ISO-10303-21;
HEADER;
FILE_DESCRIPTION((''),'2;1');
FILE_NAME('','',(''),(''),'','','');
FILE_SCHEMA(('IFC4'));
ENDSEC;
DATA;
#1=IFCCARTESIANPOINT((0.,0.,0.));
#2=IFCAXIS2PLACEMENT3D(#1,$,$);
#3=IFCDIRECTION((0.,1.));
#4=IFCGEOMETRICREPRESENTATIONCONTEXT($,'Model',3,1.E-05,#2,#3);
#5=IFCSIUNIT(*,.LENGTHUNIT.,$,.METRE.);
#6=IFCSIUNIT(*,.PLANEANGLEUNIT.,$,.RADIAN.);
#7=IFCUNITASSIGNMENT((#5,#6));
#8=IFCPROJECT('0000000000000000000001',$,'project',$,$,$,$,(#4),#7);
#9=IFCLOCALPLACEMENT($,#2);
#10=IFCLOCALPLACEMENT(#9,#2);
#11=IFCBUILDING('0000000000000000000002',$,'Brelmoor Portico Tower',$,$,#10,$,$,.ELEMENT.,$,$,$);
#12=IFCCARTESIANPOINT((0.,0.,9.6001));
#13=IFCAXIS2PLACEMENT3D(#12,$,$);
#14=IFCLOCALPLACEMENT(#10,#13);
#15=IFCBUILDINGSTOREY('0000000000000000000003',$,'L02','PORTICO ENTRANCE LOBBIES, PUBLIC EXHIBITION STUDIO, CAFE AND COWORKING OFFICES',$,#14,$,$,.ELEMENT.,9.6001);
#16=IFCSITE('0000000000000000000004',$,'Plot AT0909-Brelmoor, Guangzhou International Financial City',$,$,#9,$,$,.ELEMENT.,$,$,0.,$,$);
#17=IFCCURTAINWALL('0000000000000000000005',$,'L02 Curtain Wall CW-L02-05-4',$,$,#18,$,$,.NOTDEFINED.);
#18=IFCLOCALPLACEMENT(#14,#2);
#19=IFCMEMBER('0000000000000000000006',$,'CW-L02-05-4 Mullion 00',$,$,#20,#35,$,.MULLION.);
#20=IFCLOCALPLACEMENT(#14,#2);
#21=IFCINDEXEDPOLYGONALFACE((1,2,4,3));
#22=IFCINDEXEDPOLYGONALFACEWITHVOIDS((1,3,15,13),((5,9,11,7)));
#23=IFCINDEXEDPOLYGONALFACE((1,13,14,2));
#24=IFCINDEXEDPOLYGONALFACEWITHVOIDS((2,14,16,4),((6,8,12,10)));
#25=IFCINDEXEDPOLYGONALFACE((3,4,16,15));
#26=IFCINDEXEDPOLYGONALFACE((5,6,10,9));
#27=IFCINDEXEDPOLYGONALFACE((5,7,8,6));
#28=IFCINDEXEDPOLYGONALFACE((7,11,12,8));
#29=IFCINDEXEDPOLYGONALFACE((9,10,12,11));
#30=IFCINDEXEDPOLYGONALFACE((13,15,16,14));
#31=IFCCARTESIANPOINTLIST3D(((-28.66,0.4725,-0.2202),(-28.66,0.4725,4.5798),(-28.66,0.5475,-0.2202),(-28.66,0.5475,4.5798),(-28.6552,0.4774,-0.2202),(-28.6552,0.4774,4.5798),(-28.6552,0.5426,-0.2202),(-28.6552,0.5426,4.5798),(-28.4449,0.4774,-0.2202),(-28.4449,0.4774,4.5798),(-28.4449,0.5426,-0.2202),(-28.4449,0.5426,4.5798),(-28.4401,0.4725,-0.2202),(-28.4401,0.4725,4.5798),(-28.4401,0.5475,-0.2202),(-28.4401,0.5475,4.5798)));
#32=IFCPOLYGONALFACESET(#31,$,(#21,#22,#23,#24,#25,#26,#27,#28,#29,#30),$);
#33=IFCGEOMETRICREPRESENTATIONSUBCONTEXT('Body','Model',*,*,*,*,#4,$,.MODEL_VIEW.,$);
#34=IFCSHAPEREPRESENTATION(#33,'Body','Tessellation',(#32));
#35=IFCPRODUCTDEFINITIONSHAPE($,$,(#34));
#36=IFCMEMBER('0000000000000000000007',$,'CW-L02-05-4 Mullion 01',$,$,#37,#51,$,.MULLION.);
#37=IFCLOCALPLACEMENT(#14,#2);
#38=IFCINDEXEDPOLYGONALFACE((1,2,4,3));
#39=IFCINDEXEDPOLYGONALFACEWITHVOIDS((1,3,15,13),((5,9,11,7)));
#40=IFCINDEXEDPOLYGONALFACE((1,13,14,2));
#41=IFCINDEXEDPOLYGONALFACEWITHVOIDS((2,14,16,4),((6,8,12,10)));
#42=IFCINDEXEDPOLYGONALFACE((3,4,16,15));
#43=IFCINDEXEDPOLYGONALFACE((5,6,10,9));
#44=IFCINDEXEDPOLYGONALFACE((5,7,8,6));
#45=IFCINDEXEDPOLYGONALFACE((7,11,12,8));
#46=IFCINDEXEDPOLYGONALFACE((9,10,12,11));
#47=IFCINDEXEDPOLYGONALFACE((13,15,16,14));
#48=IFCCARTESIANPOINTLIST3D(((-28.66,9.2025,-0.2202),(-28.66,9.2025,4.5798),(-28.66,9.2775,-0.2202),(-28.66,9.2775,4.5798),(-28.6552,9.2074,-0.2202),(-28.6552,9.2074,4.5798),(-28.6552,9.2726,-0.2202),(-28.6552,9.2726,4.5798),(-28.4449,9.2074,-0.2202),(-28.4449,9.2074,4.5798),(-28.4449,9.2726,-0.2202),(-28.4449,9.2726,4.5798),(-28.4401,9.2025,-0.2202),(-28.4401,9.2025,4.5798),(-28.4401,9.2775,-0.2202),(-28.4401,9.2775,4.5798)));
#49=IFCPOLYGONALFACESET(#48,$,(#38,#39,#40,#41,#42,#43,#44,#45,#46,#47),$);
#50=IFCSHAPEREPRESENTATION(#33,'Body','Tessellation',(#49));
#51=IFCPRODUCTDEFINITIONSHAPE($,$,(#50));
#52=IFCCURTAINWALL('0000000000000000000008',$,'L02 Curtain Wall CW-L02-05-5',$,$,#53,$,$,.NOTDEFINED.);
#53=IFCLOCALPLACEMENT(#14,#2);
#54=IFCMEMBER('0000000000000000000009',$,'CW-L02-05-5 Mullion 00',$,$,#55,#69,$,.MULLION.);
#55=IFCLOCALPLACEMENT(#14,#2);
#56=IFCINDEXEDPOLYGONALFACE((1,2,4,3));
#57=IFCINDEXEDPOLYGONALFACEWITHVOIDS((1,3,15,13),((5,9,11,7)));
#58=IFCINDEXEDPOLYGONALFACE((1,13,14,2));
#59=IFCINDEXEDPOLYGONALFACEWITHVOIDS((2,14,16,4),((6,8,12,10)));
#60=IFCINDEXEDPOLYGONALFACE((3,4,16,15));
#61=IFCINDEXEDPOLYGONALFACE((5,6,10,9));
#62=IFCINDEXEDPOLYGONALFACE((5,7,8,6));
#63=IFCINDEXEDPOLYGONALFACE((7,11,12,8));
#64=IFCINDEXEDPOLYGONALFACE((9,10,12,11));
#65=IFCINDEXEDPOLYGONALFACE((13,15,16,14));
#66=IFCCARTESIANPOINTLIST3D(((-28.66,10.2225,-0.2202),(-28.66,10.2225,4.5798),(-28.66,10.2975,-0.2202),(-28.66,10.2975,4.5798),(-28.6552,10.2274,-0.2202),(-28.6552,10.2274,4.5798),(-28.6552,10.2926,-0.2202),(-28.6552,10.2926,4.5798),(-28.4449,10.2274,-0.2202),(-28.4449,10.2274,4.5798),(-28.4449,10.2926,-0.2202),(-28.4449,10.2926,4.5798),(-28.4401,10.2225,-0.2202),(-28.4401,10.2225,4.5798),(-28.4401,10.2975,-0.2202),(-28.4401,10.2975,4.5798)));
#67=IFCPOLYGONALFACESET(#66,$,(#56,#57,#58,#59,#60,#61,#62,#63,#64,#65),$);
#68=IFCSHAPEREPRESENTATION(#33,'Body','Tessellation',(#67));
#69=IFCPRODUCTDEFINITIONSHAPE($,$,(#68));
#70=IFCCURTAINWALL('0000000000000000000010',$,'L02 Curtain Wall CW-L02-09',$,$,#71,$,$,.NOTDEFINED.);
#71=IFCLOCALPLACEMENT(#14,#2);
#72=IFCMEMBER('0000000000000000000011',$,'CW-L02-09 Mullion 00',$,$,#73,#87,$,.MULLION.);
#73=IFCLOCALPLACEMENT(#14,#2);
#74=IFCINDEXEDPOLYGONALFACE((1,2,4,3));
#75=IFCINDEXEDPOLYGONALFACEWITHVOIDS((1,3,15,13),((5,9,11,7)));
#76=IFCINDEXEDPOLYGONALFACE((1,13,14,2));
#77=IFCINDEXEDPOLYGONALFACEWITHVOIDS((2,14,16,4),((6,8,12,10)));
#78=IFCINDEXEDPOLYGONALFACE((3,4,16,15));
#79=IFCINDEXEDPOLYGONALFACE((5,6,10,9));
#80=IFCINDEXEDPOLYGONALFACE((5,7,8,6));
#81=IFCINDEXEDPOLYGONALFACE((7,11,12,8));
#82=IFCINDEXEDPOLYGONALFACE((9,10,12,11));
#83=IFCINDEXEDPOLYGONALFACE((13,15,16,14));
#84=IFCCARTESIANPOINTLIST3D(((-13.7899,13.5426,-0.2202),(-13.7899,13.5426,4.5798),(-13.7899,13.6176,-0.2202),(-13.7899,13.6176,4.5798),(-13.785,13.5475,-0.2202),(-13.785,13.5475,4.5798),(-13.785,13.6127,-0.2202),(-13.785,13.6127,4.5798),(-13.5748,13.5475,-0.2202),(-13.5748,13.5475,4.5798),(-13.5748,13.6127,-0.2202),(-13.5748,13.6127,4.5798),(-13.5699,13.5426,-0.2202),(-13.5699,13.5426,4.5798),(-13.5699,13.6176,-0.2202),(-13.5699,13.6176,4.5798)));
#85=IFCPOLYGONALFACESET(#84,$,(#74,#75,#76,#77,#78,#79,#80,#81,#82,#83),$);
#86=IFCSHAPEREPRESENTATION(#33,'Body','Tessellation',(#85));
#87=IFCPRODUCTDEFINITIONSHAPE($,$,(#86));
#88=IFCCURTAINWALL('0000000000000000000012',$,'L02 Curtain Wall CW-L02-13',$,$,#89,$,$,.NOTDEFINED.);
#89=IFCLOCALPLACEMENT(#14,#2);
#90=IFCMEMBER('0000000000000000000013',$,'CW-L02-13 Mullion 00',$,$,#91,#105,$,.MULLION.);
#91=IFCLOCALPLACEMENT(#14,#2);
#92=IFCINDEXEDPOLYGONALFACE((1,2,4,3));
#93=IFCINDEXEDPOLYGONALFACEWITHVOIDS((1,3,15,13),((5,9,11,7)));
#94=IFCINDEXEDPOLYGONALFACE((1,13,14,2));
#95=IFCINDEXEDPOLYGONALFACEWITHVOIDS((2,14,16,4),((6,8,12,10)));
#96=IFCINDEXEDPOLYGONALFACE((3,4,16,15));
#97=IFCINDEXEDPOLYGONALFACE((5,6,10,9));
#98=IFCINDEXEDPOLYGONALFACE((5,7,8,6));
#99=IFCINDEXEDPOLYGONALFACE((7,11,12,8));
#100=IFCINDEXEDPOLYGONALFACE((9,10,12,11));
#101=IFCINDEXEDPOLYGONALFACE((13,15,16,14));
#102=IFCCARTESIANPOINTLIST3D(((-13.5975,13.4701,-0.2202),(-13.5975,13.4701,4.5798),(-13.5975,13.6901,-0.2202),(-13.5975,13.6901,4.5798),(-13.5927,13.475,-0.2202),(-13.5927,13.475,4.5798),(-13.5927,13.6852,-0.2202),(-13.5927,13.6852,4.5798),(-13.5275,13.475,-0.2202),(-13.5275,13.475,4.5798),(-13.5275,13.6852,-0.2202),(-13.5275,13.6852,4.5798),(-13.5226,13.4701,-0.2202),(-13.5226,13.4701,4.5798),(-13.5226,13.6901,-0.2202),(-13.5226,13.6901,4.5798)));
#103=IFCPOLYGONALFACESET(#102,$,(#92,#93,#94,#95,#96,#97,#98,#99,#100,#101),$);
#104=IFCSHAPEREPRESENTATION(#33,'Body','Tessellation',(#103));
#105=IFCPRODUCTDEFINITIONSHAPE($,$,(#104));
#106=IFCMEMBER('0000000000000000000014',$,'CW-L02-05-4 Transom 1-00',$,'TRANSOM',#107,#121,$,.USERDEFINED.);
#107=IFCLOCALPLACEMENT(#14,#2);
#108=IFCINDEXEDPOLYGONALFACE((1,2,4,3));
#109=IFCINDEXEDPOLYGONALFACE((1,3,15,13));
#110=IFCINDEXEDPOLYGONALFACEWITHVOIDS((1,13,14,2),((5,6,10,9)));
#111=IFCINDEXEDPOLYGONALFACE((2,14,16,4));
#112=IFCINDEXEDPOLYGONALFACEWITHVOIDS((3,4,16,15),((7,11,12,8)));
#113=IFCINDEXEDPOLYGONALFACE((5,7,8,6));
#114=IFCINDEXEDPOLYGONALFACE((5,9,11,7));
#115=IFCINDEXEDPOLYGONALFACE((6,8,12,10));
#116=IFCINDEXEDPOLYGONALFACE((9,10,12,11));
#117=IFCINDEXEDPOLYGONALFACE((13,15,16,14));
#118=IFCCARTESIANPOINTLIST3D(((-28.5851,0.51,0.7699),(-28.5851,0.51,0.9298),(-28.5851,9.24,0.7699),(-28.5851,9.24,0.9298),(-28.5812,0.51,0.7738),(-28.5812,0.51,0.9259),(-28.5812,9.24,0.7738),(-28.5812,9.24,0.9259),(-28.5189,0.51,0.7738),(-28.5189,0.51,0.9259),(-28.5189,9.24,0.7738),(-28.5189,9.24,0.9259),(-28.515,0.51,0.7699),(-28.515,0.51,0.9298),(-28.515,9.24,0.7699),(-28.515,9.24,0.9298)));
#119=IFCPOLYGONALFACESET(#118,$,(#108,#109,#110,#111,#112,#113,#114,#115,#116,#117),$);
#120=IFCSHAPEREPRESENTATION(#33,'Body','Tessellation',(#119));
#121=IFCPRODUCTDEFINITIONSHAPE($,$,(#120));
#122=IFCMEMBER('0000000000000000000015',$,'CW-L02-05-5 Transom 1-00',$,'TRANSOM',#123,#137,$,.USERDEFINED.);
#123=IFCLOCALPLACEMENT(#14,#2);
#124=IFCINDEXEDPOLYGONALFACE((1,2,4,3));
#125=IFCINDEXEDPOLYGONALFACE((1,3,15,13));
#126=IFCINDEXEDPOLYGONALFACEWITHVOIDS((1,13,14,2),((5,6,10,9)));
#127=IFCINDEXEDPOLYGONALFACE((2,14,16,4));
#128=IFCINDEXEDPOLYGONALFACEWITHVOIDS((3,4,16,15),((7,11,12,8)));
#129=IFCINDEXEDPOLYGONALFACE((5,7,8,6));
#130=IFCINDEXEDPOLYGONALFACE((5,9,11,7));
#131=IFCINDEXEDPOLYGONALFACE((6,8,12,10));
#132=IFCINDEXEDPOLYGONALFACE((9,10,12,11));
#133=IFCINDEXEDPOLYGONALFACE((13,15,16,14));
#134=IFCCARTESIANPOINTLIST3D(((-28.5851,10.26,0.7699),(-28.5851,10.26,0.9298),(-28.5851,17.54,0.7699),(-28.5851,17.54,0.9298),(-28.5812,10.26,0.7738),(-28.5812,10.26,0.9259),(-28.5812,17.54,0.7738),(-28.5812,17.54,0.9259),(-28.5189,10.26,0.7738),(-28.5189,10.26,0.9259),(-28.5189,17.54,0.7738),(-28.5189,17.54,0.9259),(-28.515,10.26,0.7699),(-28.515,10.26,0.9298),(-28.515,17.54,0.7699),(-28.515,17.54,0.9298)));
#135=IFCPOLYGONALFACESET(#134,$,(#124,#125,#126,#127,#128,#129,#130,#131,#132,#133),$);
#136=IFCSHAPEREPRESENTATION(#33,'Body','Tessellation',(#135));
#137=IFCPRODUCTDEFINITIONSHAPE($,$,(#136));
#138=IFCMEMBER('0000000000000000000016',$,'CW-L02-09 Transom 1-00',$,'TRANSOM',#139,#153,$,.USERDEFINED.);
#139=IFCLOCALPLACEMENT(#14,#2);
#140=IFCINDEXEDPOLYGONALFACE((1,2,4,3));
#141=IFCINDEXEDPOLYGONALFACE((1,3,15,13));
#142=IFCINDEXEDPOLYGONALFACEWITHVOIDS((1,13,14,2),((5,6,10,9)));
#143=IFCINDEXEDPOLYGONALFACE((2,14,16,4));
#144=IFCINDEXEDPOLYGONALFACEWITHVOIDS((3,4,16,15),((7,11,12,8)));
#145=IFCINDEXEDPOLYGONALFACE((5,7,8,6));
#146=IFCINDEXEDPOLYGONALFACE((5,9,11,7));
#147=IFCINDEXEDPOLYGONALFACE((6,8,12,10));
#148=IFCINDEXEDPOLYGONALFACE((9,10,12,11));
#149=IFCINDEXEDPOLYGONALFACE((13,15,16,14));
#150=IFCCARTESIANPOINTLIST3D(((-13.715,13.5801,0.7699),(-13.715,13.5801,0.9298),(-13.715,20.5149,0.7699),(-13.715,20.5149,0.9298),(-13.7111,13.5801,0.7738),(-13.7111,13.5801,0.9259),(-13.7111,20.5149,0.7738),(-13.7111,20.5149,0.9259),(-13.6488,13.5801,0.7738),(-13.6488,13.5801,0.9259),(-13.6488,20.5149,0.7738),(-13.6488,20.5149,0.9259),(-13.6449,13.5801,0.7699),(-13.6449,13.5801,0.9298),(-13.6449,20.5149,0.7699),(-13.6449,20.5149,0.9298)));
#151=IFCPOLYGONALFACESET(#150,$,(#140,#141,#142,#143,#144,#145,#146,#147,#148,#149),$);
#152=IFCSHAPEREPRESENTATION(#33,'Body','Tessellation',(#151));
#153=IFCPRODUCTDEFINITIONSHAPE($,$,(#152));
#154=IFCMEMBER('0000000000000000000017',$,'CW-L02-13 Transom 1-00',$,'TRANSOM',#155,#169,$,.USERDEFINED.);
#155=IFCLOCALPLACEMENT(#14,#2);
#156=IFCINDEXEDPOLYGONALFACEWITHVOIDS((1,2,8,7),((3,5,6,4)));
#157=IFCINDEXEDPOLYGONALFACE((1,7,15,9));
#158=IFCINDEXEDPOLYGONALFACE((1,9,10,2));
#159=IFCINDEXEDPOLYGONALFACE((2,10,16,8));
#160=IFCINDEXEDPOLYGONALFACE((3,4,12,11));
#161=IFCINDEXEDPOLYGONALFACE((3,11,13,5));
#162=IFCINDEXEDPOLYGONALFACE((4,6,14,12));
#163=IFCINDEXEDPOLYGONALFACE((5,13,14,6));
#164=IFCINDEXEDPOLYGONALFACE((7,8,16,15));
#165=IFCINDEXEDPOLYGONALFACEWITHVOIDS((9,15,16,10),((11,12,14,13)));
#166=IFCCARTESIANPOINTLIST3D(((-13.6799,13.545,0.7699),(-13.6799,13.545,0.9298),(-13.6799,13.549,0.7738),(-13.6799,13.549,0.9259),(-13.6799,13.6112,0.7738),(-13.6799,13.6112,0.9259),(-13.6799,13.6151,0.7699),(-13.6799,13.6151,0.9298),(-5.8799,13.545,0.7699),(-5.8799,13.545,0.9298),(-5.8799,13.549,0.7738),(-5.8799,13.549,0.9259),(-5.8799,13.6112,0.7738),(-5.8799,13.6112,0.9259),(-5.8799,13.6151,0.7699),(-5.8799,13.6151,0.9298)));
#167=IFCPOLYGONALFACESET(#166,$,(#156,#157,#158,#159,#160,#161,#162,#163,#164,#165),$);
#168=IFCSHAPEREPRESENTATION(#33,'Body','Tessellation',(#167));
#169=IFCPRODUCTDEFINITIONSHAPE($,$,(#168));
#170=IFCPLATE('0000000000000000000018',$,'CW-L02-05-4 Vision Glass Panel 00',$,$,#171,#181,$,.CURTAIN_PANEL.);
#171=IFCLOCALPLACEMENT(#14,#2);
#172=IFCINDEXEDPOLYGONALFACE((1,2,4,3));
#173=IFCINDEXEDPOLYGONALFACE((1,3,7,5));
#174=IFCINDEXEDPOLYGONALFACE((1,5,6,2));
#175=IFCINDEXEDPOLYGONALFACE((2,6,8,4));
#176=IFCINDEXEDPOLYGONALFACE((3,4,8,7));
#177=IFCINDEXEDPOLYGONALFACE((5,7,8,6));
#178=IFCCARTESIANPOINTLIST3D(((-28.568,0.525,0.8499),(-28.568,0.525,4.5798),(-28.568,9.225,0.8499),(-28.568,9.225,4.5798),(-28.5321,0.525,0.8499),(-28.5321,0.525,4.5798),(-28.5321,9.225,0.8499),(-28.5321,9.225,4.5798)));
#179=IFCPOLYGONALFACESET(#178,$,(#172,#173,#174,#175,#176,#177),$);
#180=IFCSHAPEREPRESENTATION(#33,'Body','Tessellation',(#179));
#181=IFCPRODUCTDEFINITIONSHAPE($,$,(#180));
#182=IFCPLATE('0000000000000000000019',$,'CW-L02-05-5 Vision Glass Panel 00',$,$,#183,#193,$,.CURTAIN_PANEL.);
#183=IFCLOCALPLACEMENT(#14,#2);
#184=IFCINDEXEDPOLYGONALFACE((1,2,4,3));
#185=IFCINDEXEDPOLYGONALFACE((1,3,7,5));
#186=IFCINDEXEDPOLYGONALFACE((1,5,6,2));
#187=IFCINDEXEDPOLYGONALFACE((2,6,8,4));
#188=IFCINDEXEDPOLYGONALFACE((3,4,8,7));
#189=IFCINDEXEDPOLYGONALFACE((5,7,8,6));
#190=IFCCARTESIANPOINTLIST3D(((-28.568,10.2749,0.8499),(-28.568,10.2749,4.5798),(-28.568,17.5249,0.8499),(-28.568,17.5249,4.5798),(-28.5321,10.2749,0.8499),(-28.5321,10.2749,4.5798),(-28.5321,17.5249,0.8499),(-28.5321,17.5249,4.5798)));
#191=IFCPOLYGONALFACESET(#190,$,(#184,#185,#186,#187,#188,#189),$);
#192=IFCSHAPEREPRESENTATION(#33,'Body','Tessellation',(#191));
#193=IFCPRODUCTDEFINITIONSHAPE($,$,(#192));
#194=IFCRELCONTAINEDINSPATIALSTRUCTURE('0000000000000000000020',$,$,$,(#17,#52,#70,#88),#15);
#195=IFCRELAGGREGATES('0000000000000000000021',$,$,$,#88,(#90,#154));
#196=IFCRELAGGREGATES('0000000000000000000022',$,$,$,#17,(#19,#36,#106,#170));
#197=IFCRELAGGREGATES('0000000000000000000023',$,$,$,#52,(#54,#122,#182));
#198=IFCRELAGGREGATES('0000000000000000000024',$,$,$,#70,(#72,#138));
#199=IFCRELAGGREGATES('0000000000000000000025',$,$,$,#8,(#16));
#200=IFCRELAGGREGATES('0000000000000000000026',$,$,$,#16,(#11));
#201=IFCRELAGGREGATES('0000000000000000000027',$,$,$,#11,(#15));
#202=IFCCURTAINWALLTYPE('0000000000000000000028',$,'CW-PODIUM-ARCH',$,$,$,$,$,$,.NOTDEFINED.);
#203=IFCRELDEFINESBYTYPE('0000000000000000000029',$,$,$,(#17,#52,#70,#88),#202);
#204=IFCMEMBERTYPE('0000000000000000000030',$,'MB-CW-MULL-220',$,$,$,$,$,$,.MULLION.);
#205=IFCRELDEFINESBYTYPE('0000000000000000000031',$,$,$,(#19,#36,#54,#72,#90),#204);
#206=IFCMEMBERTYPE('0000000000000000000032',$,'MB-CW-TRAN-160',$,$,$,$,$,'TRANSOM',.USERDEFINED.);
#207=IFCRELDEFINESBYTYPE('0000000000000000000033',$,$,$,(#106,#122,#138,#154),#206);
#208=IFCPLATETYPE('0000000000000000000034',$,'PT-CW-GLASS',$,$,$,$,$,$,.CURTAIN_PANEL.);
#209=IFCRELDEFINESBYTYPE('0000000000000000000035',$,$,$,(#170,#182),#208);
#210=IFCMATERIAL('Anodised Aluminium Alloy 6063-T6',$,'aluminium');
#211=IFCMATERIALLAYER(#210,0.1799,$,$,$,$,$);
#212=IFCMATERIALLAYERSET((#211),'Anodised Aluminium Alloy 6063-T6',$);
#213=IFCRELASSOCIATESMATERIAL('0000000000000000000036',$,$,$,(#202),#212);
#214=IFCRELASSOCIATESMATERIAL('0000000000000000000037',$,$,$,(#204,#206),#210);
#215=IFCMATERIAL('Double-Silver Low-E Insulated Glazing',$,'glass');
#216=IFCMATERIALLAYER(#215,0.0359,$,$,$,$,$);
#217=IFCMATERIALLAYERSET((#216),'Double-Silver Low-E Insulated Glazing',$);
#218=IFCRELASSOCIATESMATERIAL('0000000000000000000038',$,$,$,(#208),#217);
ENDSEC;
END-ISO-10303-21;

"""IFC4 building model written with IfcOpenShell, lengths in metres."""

from ifc_helpers import new_model, si_unit, direction, frame, origin, origin_2d, place, context, subcontext, project, spatial, rectangle, hollow_rectangle, extrude, material, layer, layer_set, material_profile, profile_set, type_object, element, aggregate, save


model = new_model("IFC4")

# Units and contexts
model_context = context("Model", 3, precision=1e-05, world=origin(), true_north=direction((0.0, 1.0)))
body_context = subcontext(model_context, "Body", "Model", "MODEL_VIEW")
ifc_project = project(units=[si_unit("LENGTHUNIT", "METRE"), si_unit("PLANEANGLEUNIT", "RADIAN")], contexts=[model_context])

# Site, building, storey
site_placement = place(None, origin())
site = spatial("IfcSite", under=ifc_project, at=site_placement, Name="Plot AT0909-Brelmoor, Guangzhou International Financial City", CompositionType="ELEMENT", RefElevation=0.0)
building_placement = place(site_placement, origin())
building = spatial("IfcBuilding", under=site, at=building_placement, Name="Brelmoor Portico Tower", CompositionType="ELEMENT")
storey_placement = place(building_placement, frame((0.0, 0.0, 9.6001)))
storey = spatial("IfcBuildingStorey", under=building, at=storey_placement, Name="L02", Description="PORTICO ENTRANCE LOBBIES, PUBLIC EXHIBITION STUDIO, CAFE AND COWORKING OFFICES", CompositionType="ELEMENT", Elevation=9.6001)

# Curtain wall, members
ifc_material_1 = material(Name="Anodised Aluminium Alloy 6063-T6", Category="aluminium")
ifc_layer_1 = layer(ifc_material_1, 0.1799)
ifc_layer_set_1 = layer_set([ifc_layer_1], Name="Anodised Aluminium Alloy 6063-T6")
curtain_wall_type = type_object("IfcCurtainWallType", Name="CW-PODIUM-ARCH", PredefinedType="NOTDEFINED", material=ifc_layer_set_1)
curtain_wall_1_placement = place(storey_placement, origin())
curtain_wall_1 = element("IfcCurtainWall", 1, at=curtain_wall_1_placement, inside=storey, type_object=curtain_wall_type, Name="L02 Curtain Wall CW-L02-05-4", PredefinedType="NOTDEFINED")
ifc_material_profile_1 = material_profile(ifc_material_1, hollow_rectangle(XDim=0.075, YDim=0.22, WallThickness=0.0049, at=origin_2d()), Name="ALU MULLION 75x220")
ifc_profile_set_1 = profile_set([ifc_material_profile_1], Name="Anodised Aluminium Alloy 6063-T6")
member_type_1 = type_object("IfcMemberType", Name="MB-CW-MULL-220", PredefinedType="MULLION", material=ifc_profile_set_1)
member_1_placement = place(storey_placement, frame((-28.55, 0.51, -0.2202), z_axis=(0.0, 0.0, 1.0), x_axis=(0.0, 1.0, 0.0)))
member_1 = element("IfcMember", 2, at=member_1_placement, type_object=member_type_1, Name="CW-L02-05-4 Mullion 00", PredefinedType="MULLION", context=body_context, shape_type="SweptSolid", body=[
    extrude(hollow_rectangle(XDim=0.075, YDim=0.22, WallThickness=0.0049, at=origin_2d()), origin(), (0.0, 0.0, 1.0), 4.8),
])
member_2_placement = place(storey_placement, frame((-28.55, 9.24, -0.2202), z_axis=(0.0, 0.0, 1.0), x_axis=(0.0, 1.0, 0.0)))
member_2 = element("IfcMember", 3, at=member_2_placement, type_object=member_type_1, Name="CW-L02-05-4 Mullion 01", PredefinedType="MULLION", context=body_context, shape_type="SweptSolid", body=[
    extrude(hollow_rectangle(XDim=0.075, YDim=0.22, WallThickness=0.0049, at=origin_2d()), origin(), (0.0, 0.0, 1.0), 4.8),
])

# Curtain walls, members
curtain_wall_2_placement = place(storey_placement, origin())
curtain_wall_2 = element("IfcCurtainWall", 4, at=curtain_wall_2_placement, inside=storey, type_object=curtain_wall_type, Name="L02 Curtain Wall CW-L02-05-5", PredefinedType="NOTDEFINED")
member_3_placement = place(storey_placement, frame((-28.55, 10.26, -0.2202), z_axis=(0.0, 0.0, 1.0), x_axis=(0.0, 1.0, 0.0)))
member_3 = element("IfcMember", 5, at=member_3_placement, type_object=member_type_1, Name="CW-L02-05-5 Mullion 00", PredefinedType="MULLION", context=body_context, shape_type="SweptSolid", body=[
    extrude(hollow_rectangle(XDim=0.075, YDim=0.22, WallThickness=0.0049, at=origin_2d()), origin(), (0.0, 0.0, 1.0), 4.8),
])
curtain_wall_3_placement = place(storey_placement, origin())
curtain_wall_3 = element("IfcCurtainWall", 6, at=curtain_wall_3_placement, inside=storey, type_object=curtain_wall_type, Name="L02 Curtain Wall CW-L02-09", PredefinedType="NOTDEFINED")
member_4_placement = place(storey_placement, frame((-13.6799, 13.5801, -0.2202), z_axis=(0.0, 0.0, 1.0), x_axis=(0.0, 1.0, 0.0)))
member_4 = element("IfcMember", 7, at=member_4_placement, type_object=member_type_1, Name="CW-L02-09 Mullion 00", PredefinedType="MULLION", context=body_context, shape_type="SweptSolid", body=[
    extrude(hollow_rectangle(XDim=0.075, YDim=0.22, WallThickness=0.0049, at=origin_2d()), origin(), (0.0, 0.0, 1.0), 4.8),
])
curtain_wall_4_placement = place(storey_placement, origin())
curtain_wall_4 = element("IfcCurtainWall", 8, at=curtain_wall_4_placement, inside=storey, type_object=curtain_wall_type, Name="L02 Curtain Wall CW-L02-13", PredefinedType="NOTDEFINED")
member_5_placement = place(storey_placement, frame((-13.5601, 13.5801, -0.2202), z_axis=(0.0, 0.0, 1.0), x_axis=(1.0, 0.0, 0.0)))
member_5 = element("IfcMember", 9, at=member_5_placement, type_object=member_type_1, Name="CW-L02-13 Mullion 00", PredefinedType="MULLION", context=body_context, shape_type="SweptSolid", body=[
    extrude(hollow_rectangle(XDim=0.075, YDim=0.22, WallThickness=0.0049, at=origin_2d()), origin(), (0.0, 0.0, 1.0), 4.8),
])

# Members
ifc_material_profile_2 = material_profile(ifc_material_1, hollow_rectangle(XDim=0.0701, YDim=0.1599, WallThickness=0.0039, at=origin_2d()), Name="ALU TRANSOM 70x160")
ifc_profile_set_2 = profile_set([ifc_material_profile_2], Name="Anodised Aluminium Alloy 6063-T6")
member_type_2 = type_object("IfcMemberType", Name="MB-CW-TRAN-160", ElementType="TRANSOM", PredefinedType="USERDEFINED", material=ifc_profile_set_2)
member_6_placement = place(storey_placement, frame((-28.55, 0.51, 0.8499), z_axis=(0.0, 1.0, 0.0), x_axis=(-1.0, 0.0, 0.0)))
member_6 = element("IfcMember", 10, at=member_6_placement, type_object=member_type_2, Name="CW-L02-05-4 Transom 1-00", ObjectType="TRANSOM", PredefinedType="USERDEFINED", context=body_context, shape_type="SweptSolid", body=[
    extrude(hollow_rectangle(XDim=0.0701, YDim=0.1599, WallThickness=0.0039, at=origin_2d()), origin(), (0.0, 0.0, 1.0), 8.73),
])
member_7_placement = place(storey_placement, frame((-28.55, 10.26, 0.8499), z_axis=(0.0, 1.0, 0.0), x_axis=(-1.0, 0.0, 0.0)))
member_7 = element("IfcMember", 11, at=member_7_placement, type_object=member_type_2, Name="CW-L02-05-5 Transom 1-00", ObjectType="TRANSOM", PredefinedType="USERDEFINED", context=body_context, shape_type="SweptSolid", body=[
    extrude(hollow_rectangle(XDim=0.0701, YDim=0.1599, WallThickness=0.0039, at=origin_2d()), origin(), (0.0, 0.0, 1.0), 7.28),
])
member_8_placement = place(storey_placement, frame((-13.6799, 13.5801, 0.8499), z_axis=(0.0, 1.0, 0.0), x_axis=(-1.0, 0.0, 0.0)))
member_8 = element("IfcMember", 12, at=member_8_placement, type_object=member_type_2, Name="CW-L02-09 Transom 1-00", ObjectType="TRANSOM", PredefinedType="USERDEFINED", context=body_context, shape_type="SweptSolid", body=[
    extrude(hollow_rectangle(XDim=0.0701, YDim=0.1599, WallThickness=0.0039, at=origin_2d()), origin(), (0.0, 0.0, 1.0), 6.9348),
])
member_9_placement = place(storey_placement, frame((-13.6799, 13.5801, 0.8499), z_axis=(1.0, 0.0, 0.0), x_axis=(0.0, 1.0, 0.0)))
member_9 = element("IfcMember", 13, at=member_9_placement, type_object=member_type_2, Name="CW-L02-13 Transom 1-00", ObjectType="TRANSOM", PredefinedType="USERDEFINED", context=body_context, shape_type="SweptSolid", body=[
    extrude(hollow_rectangle(XDim=0.0701, YDim=0.1599, WallThickness=0.0039, at=origin_2d()), origin(), (0.0, 0.0, 1.0), 7.8),
])
aggregate(curtain_wall_4, [member_5, member_9])

# Plates
ifc_material_2 = material(Name="Double-Silver Low-E Insulated Glazing", Category="glass")
ifc_layer_2 = layer(ifc_material_2, 0.0359)
ifc_layer_set_2 = layer_set([ifc_layer_2], Name="Double-Silver Low-E Insulated Glazing")
plate_type_1 = type_object("IfcPlateType", Name="PT-CW-GLASS", PredefinedType="CURTAIN_PANEL", material=ifc_layer_set_2)
plate_1_placement = place(storey_placement, frame((-28.55, 4.875, 0.8499), z_axis=(0.0, 0.0, 1.0), x_axis=(0.0, 1.0, 0.0)))
plate_1 = element("IfcPlate", 14, at=plate_1_placement, type_object=plate_type_1, Name="CW-L02-05-4 Vision Glass Panel 00", PredefinedType="CURTAIN_PANEL", context=body_context, shape_type="SweptSolid", body=[
    extrude(rectangle(XDim=8.7, YDim=0.0359, at=origin_2d()), origin(), (0.0, 0.0, 1.0), 3.73),
])
plate_2_placement = place(storey_placement, frame((-28.55, 13.8999, 0.8499), z_axis=(0.0, 0.0, 1.0), x_axis=(0.0, 1.0, 0.0)))
plate_2 = element("IfcPlate", 15, at=plate_2_placement, type_object=plate_type_1, Name="CW-L02-05-5 Vision Glass Panel 00", PredefinedType="CURTAIN_PANEL", context=body_context, shape_type="SweptSolid", body=[
    extrude(rectangle(XDim=7.25, YDim=0.0359, at=origin_2d()), origin(), (0.0, 0.0, 1.0), 3.73),
])
aggregate(curtain_wall_1, [member_1, member_2, member_6, plate_1])
aggregate(curtain_wall_2, [member_3, member_7, plate_2])
aggregate(curtain_wall_3, [member_4, member_8])

save(model, "model.ifc")
